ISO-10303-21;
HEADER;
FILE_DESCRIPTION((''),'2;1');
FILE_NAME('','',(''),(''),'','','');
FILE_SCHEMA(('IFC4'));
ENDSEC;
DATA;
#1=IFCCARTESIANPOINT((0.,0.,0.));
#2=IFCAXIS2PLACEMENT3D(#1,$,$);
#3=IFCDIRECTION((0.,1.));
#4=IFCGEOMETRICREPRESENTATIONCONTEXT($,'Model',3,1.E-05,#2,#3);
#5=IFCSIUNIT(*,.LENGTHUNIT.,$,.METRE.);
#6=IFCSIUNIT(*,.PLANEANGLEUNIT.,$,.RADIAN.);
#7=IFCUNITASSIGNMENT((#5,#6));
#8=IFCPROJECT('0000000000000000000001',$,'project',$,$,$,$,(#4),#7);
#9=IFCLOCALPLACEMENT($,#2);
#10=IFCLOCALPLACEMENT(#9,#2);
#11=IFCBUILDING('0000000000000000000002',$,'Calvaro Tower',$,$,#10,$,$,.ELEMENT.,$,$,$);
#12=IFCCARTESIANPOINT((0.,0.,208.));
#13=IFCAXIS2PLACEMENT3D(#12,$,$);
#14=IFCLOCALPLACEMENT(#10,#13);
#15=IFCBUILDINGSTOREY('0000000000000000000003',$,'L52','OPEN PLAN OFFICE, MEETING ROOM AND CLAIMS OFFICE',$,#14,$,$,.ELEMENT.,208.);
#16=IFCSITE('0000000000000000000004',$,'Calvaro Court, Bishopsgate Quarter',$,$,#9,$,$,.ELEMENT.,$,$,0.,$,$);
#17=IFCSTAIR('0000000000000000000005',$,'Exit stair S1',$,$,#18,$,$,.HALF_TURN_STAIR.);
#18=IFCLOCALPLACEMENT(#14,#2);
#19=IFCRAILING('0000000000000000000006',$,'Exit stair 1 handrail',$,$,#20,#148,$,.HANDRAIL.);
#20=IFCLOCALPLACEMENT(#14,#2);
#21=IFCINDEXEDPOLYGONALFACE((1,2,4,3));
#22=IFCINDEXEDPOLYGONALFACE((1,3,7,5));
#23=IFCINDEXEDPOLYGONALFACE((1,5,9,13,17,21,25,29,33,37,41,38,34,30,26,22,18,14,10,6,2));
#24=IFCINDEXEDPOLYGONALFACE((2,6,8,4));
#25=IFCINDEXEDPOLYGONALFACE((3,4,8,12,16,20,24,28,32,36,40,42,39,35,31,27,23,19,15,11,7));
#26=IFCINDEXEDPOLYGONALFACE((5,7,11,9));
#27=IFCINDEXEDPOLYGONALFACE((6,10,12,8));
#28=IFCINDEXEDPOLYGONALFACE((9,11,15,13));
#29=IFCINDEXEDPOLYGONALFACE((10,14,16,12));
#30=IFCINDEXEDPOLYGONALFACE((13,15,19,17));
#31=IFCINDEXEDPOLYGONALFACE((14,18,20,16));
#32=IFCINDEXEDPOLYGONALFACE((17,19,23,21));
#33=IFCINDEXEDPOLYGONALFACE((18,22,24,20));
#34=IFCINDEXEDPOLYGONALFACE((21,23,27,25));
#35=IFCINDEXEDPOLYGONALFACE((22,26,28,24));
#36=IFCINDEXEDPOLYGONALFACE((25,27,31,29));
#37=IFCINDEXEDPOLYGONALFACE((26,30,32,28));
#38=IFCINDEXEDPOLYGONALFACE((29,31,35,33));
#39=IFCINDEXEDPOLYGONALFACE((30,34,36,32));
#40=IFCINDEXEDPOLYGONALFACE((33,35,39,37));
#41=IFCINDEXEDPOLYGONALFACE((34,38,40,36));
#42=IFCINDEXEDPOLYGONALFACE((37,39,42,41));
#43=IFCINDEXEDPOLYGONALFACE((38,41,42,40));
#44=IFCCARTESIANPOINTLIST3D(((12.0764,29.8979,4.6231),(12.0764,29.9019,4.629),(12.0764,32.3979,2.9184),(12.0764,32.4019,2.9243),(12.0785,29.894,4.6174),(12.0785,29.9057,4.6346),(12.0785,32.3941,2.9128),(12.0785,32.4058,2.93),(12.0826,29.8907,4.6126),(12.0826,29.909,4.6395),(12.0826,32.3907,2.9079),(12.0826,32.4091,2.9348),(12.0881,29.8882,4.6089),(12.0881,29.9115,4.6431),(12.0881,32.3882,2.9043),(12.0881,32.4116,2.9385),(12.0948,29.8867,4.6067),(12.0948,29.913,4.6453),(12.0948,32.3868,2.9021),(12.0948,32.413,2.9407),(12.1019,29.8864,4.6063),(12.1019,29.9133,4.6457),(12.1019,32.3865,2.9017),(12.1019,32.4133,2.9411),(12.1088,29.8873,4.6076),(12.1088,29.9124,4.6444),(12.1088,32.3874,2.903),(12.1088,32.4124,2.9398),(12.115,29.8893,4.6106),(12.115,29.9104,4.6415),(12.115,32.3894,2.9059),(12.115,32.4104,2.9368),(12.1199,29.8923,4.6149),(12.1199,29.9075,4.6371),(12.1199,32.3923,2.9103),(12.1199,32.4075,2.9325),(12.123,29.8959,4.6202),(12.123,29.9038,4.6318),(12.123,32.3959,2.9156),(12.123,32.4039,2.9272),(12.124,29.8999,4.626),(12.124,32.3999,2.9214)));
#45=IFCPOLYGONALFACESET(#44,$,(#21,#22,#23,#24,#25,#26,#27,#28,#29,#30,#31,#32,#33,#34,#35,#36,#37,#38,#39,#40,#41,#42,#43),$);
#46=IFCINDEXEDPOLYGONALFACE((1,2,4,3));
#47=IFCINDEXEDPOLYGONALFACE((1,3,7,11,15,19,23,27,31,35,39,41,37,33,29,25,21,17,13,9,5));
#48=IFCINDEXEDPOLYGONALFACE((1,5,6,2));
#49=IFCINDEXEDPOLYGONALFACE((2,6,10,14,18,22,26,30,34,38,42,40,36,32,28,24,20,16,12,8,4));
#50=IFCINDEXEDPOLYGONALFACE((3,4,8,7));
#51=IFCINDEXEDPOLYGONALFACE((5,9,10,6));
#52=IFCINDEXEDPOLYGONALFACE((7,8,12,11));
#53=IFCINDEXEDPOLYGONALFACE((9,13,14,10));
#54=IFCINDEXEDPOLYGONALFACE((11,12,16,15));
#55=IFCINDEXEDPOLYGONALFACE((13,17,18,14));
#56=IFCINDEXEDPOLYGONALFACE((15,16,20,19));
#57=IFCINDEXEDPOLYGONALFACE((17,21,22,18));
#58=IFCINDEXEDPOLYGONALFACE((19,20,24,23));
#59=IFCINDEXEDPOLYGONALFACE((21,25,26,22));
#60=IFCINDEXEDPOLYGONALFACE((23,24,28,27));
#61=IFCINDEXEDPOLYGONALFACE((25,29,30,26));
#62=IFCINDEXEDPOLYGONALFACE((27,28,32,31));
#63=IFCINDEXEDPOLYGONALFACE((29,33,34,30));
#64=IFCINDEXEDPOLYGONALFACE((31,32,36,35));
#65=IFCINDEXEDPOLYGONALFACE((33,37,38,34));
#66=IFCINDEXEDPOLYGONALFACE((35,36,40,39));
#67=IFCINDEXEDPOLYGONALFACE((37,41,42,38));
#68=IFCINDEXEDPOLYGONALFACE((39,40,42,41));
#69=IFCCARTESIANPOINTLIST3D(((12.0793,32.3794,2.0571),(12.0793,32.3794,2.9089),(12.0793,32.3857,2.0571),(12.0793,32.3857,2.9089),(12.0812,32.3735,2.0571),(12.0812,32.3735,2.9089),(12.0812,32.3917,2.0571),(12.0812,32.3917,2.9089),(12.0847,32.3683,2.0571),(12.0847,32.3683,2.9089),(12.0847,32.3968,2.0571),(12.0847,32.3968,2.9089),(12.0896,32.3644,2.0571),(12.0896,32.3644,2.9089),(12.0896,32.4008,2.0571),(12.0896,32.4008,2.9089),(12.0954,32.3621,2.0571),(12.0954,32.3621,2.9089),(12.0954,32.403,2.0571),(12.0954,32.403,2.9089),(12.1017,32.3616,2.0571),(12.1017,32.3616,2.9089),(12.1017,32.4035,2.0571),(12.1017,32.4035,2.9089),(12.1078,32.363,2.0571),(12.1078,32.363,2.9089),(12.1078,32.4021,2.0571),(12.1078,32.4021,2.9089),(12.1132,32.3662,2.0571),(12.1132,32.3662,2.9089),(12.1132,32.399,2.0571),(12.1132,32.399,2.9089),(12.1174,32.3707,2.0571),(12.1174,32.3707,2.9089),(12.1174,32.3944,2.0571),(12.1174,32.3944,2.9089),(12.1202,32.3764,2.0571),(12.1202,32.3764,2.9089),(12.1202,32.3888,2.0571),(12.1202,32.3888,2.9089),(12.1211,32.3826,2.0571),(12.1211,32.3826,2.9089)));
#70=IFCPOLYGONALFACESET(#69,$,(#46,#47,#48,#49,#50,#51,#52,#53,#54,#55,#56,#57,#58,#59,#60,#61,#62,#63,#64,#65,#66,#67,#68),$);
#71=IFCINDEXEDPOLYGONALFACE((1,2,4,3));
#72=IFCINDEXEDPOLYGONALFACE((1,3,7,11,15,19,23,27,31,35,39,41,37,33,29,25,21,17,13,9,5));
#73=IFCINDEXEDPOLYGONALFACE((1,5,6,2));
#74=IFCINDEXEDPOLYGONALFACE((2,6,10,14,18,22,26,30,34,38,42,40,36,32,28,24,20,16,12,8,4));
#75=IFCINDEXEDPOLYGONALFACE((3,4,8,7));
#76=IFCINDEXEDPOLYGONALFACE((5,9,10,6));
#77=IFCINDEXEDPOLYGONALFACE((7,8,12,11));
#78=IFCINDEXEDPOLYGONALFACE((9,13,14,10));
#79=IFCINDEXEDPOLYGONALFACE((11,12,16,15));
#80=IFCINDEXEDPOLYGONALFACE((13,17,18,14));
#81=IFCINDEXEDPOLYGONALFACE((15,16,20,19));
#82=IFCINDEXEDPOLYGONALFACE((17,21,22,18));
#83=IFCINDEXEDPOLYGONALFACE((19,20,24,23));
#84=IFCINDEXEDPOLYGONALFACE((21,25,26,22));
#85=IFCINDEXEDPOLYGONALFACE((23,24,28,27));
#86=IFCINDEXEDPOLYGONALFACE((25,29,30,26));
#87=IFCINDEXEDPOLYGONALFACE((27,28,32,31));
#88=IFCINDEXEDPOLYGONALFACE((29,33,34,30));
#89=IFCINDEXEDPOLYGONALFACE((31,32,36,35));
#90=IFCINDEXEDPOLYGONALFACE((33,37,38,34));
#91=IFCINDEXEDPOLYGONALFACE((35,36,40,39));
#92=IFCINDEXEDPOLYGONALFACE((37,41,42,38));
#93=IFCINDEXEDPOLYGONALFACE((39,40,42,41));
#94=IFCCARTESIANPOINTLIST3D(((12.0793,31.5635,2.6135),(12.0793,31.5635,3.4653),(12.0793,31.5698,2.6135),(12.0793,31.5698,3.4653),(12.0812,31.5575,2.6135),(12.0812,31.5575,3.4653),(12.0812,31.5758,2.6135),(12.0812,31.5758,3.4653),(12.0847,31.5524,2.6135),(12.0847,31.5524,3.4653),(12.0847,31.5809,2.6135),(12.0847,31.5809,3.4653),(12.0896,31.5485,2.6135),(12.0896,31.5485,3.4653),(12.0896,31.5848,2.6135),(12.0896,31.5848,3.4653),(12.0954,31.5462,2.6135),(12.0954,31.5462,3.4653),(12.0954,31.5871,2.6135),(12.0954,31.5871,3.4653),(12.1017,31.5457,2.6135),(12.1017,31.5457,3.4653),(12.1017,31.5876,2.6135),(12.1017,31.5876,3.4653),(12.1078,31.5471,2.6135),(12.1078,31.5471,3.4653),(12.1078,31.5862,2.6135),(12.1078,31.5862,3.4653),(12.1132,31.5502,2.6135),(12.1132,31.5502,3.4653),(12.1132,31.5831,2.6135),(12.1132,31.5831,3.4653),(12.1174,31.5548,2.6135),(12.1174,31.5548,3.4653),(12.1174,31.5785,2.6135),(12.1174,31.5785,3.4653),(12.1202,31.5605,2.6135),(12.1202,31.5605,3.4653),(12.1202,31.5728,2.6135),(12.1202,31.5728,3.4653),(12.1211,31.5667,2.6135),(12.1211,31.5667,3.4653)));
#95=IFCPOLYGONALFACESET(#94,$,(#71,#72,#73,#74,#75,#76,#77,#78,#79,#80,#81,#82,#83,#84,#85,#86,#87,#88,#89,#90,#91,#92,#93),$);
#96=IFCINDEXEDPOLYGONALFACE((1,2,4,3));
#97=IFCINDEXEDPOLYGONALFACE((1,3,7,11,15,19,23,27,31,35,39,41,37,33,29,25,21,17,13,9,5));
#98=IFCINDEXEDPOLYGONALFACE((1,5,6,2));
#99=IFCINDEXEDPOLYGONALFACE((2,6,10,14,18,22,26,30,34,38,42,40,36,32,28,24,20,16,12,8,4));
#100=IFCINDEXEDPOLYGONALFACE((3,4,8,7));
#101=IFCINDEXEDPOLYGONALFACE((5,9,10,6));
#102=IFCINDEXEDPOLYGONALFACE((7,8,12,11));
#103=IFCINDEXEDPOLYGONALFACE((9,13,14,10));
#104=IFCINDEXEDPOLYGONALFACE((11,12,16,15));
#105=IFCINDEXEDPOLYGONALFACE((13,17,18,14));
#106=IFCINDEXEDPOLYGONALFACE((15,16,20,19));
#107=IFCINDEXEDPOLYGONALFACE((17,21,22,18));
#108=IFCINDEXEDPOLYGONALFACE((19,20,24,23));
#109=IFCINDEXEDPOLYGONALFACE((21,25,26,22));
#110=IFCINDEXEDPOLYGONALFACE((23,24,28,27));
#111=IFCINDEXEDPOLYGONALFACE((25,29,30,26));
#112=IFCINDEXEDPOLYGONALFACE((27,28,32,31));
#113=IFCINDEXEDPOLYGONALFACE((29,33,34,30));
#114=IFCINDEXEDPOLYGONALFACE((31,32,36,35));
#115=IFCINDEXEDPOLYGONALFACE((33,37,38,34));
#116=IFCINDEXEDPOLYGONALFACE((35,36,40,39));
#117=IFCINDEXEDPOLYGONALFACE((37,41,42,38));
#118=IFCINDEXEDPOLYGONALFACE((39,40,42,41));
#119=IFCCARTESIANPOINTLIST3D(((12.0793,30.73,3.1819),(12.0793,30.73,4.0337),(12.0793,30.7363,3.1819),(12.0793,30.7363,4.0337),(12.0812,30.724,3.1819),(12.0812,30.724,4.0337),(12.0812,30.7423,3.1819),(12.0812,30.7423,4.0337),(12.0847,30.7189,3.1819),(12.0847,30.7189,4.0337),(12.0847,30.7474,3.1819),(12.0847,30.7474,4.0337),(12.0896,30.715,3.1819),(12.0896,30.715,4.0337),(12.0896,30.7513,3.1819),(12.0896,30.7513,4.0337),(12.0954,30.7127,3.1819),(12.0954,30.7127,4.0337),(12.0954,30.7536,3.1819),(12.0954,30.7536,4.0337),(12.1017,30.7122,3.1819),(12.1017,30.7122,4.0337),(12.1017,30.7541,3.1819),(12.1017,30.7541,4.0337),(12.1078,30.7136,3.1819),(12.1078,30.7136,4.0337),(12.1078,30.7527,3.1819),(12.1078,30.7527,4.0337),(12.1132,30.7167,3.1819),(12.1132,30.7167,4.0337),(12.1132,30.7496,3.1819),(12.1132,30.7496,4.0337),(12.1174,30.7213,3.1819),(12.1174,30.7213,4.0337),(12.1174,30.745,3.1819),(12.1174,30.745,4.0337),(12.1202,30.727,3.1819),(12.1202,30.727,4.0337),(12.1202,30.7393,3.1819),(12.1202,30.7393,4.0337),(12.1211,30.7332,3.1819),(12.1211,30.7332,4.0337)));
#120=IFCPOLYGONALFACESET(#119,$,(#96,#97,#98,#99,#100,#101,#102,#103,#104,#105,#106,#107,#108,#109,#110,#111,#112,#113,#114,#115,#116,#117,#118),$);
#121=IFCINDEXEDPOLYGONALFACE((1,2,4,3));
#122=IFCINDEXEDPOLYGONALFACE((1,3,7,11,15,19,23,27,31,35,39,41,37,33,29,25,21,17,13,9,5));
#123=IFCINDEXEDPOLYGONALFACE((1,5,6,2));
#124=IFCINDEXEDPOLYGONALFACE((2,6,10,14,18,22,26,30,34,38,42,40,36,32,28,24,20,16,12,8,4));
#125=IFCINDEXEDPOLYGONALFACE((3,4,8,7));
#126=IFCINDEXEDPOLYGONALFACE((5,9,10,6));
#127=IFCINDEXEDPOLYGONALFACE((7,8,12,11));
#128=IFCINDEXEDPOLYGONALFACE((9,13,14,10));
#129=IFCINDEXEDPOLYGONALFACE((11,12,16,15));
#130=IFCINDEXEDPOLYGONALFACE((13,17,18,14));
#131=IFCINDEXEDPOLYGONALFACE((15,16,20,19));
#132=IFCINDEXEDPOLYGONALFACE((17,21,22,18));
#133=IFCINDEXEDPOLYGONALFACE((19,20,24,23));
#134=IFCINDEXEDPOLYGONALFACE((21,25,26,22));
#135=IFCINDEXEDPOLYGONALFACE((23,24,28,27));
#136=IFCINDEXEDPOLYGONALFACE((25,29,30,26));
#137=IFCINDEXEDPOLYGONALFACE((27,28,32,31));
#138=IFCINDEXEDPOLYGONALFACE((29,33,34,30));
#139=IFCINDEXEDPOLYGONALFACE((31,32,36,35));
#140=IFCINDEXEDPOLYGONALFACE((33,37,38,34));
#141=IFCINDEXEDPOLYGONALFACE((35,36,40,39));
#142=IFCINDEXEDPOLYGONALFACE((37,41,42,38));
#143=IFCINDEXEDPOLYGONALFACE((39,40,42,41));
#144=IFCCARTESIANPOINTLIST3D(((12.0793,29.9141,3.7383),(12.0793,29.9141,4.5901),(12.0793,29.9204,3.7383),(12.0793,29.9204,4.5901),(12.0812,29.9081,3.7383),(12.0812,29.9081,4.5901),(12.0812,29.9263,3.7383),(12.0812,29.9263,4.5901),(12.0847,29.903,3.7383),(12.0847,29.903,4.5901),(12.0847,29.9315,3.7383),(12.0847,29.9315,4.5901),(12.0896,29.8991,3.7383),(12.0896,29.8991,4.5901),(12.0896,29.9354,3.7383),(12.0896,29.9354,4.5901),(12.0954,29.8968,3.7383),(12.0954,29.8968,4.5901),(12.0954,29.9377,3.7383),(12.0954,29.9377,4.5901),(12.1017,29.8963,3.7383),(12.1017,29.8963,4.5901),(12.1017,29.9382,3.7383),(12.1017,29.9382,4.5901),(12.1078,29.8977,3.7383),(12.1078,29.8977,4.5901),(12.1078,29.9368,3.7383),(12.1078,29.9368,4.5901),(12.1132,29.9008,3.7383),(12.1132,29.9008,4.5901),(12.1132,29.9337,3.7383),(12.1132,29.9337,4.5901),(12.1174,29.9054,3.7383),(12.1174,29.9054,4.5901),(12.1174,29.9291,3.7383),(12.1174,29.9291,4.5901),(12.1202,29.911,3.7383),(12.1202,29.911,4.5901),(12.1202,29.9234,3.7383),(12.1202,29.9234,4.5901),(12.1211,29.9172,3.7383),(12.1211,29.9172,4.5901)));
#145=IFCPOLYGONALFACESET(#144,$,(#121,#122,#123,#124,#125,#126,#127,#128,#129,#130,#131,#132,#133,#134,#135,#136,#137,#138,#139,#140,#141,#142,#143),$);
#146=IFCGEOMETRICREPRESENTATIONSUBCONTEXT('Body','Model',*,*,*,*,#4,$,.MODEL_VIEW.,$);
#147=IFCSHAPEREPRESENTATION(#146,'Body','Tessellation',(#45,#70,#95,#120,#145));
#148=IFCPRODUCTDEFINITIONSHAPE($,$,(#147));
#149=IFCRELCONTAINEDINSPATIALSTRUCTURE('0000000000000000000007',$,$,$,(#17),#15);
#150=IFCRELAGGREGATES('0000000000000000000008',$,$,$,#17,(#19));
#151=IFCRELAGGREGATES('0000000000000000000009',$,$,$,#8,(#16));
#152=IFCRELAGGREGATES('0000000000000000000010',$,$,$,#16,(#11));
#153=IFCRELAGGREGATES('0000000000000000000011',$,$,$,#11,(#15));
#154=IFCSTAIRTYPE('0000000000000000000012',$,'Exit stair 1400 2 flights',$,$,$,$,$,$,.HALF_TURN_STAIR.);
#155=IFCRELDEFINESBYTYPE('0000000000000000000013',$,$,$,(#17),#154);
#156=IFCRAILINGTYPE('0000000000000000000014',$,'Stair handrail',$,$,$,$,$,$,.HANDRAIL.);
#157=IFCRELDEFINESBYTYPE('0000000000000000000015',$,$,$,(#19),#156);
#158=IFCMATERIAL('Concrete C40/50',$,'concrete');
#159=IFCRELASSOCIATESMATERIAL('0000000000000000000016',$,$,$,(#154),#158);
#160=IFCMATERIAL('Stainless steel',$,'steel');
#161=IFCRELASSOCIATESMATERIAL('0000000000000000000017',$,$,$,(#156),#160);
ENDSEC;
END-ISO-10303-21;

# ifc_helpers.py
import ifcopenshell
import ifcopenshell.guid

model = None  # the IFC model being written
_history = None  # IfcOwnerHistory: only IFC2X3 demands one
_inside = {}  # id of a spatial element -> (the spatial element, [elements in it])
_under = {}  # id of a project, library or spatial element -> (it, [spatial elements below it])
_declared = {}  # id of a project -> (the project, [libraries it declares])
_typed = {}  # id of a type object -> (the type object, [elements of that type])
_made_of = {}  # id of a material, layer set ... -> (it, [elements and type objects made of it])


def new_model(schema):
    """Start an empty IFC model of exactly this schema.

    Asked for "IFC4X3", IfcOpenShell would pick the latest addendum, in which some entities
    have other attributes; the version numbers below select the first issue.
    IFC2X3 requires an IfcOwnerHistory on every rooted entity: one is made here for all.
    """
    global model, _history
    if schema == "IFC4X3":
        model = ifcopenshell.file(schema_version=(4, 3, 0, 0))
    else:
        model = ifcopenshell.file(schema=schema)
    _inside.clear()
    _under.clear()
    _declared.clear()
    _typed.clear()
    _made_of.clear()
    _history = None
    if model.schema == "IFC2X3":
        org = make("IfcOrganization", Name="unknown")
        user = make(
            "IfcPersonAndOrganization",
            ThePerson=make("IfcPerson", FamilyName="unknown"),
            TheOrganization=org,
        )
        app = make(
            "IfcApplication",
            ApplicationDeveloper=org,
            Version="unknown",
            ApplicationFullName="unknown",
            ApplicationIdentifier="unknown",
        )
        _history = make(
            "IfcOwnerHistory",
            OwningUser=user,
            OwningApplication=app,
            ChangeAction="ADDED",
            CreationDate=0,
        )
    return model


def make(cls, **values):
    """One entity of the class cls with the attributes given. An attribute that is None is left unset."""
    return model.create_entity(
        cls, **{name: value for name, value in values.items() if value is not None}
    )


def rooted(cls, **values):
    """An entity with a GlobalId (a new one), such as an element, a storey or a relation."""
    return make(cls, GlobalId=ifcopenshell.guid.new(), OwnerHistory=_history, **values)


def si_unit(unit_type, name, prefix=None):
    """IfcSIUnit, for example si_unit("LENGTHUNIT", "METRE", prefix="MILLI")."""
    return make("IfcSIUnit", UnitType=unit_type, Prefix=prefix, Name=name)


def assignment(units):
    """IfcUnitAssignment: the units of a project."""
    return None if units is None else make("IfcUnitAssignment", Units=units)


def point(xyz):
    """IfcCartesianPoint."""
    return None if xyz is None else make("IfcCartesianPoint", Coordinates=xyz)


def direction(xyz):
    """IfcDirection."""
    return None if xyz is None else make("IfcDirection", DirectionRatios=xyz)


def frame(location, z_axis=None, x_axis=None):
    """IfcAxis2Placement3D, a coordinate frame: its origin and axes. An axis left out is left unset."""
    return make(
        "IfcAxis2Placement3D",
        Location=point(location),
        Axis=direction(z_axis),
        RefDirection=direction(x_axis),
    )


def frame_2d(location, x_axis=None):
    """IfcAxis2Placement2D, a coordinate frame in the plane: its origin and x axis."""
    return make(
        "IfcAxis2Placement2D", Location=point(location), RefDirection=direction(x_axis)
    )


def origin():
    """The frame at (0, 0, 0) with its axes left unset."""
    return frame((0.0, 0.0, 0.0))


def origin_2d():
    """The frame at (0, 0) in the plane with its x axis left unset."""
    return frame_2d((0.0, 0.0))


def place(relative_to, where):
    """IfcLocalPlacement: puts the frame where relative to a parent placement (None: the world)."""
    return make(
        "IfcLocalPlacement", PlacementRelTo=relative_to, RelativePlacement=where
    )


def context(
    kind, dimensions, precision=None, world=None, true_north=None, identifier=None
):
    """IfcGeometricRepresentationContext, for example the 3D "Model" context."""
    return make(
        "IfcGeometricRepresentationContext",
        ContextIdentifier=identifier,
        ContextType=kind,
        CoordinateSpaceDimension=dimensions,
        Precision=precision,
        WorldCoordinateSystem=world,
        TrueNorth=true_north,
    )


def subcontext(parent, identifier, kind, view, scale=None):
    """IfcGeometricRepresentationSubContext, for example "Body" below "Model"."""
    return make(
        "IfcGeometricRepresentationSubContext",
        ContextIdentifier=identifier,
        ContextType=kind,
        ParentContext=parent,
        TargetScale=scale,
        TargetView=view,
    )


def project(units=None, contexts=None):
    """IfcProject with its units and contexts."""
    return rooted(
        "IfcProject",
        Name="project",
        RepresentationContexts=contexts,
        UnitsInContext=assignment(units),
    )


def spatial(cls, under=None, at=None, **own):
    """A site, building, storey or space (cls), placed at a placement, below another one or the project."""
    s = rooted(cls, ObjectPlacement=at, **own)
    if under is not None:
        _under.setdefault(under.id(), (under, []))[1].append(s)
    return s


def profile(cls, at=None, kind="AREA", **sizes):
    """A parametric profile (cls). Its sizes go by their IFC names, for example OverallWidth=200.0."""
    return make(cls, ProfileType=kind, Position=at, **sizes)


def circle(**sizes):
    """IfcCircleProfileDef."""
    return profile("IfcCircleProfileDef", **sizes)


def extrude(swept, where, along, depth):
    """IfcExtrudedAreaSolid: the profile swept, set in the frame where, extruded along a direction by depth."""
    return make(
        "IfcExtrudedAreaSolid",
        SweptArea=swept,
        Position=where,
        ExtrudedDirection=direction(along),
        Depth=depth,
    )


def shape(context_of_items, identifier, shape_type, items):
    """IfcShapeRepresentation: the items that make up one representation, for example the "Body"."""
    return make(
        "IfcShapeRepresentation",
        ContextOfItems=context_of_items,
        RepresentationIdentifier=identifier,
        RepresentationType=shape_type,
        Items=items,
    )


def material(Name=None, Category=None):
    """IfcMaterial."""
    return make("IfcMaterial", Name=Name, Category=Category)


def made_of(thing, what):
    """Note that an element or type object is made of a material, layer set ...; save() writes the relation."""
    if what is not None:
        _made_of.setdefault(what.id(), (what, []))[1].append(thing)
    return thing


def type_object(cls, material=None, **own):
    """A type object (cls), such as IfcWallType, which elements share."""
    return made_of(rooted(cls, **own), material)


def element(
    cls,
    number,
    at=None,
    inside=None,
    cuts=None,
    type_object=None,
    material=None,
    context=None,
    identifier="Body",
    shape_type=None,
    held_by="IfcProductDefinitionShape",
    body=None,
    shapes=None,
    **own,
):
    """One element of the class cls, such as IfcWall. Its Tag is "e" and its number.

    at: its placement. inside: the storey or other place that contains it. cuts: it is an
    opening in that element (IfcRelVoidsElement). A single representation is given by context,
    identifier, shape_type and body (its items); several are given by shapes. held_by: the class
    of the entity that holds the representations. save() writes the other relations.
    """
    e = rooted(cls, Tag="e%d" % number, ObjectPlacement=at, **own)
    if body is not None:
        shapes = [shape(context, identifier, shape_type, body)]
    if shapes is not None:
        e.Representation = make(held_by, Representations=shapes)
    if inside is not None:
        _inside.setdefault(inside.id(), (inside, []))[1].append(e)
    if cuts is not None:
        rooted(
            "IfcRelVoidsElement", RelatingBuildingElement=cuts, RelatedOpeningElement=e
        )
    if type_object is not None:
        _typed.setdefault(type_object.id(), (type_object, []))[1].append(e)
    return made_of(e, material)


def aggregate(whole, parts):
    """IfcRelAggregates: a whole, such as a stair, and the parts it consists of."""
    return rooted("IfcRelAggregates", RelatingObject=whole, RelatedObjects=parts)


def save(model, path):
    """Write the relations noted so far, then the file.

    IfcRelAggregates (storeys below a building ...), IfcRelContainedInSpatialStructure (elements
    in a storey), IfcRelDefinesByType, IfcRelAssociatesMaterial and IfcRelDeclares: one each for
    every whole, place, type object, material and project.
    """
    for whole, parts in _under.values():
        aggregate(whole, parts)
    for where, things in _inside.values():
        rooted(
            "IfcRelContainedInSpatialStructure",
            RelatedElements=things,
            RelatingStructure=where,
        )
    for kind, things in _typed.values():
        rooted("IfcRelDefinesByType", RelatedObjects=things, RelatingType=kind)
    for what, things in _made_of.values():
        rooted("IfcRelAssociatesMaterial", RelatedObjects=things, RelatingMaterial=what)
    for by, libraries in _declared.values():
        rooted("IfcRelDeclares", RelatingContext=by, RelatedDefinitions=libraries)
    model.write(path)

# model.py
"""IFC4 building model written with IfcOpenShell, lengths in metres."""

from ifc_helpers import new_model, si_unit, direction, frame, origin, origin_2d, place, context, subcontext, project, spatial, circle, extrude, material, type_object, element, aggregate, save


model = new_model("IFC4")

# Units and contexts
model_context = context("Model", 3, precision=1e-05, world=origin(), true_north=direction((0.0, 1.0)))
body_context = subcontext(model_context, "Body", "Model", "MODEL_VIEW")
ifc_project = project(units=[si_unit("LENGTHUNIT", "METRE"), si_unit("PLANEANGLEUNIT", "RADIAN")], contexts=[model_context])

# Site, building, storey
site_placement = place(None, origin())
site = spatial("IfcSite", under=ifc_project, at=site_placement, Name="Calvaro Court, Bishopsgate Quarter", CompositionType="ELEMENT", RefElevation=0.0)
building_placement = place(site_placement, origin())
building = spatial("IfcBuilding", under=site, at=building_placement, Name="Calvaro Tower", CompositionType="ELEMENT")
storey_placement = place(building_placement, frame((0.0, 0.0, 208.0)))
storey = spatial("IfcBuildingStorey", under=building, at=storey_placement, Name="L52", Description="OPEN PLAN OFFICE, MEETING ROOM AND CLAIMS OFFICE", CompositionType="ELEMENT", Elevation=208.0)

# Stair, railing
ifc_material_1 = material(Name="Concrete C40/50", Category="concrete")
stair_type = type_object("IfcStairType", Name="Exit stair 1400 2 flights", PredefinedType="HALF_TURN_STAIR", material=ifc_material_1)
stair_placement = place(storey_placement, origin())
stair = element("IfcStair", 1, at=stair_placement, inside=storey, type_object=stair_type, Name="Exit stair S1", PredefinedType="HALF_TURN_STAIR")
ifc_material_2 = material(Name="Stainless steel", Category="steel")
railing_type = type_object("IfcRailingType", Name="Stair handrail", PredefinedType="HANDRAIL", material=ifc_material_2)
railing_placement = place(storey_placement, frame((12.1001, 32.3999, 2.0454)))
railing = element("IfcRailing", 2, at=railing_placement, type_object=railing_type, Name="Exit stair 1 handrail", PredefinedType="HANDRAIL", context=body_context, shape_type="SweptSolid", body=[
    extrude(circle(Radius=0.0239, at=origin_2d()), frame((0.0, 0.0, 0.876), z_axis=(0.0, -0.826221, 0.563347), x_axis=(1.0, 0.0, 0.0)), (0.0, 0.0, 1.0), 3.0259),
    extrude(circle(Radius=0.021, at=origin_2d()), frame((0.0, -0.0173, 0.0117)), (0.0, 0.0, 1.0), 0.8518),
    extrude(circle(Radius=0.021, at=origin_2d()), frame((0.0, -0.8333, 0.5681)), (0.0, 0.0, 1.0), 0.8518),
    extrude(circle(Radius=0.021, at=origin_2d()), frame((0.0, -1.6667, 1.1365)), (0.0, 0.0, 1.0), 0.8518),
    extrude(circle(Radius=0.021, at=origin_2d()), frame((0.0, -2.4827, 1.6929)), (0.0, 0.0, 1.0), 0.8518),
])
aggregate(stair, [railing])

save(model, "model.ifc")
